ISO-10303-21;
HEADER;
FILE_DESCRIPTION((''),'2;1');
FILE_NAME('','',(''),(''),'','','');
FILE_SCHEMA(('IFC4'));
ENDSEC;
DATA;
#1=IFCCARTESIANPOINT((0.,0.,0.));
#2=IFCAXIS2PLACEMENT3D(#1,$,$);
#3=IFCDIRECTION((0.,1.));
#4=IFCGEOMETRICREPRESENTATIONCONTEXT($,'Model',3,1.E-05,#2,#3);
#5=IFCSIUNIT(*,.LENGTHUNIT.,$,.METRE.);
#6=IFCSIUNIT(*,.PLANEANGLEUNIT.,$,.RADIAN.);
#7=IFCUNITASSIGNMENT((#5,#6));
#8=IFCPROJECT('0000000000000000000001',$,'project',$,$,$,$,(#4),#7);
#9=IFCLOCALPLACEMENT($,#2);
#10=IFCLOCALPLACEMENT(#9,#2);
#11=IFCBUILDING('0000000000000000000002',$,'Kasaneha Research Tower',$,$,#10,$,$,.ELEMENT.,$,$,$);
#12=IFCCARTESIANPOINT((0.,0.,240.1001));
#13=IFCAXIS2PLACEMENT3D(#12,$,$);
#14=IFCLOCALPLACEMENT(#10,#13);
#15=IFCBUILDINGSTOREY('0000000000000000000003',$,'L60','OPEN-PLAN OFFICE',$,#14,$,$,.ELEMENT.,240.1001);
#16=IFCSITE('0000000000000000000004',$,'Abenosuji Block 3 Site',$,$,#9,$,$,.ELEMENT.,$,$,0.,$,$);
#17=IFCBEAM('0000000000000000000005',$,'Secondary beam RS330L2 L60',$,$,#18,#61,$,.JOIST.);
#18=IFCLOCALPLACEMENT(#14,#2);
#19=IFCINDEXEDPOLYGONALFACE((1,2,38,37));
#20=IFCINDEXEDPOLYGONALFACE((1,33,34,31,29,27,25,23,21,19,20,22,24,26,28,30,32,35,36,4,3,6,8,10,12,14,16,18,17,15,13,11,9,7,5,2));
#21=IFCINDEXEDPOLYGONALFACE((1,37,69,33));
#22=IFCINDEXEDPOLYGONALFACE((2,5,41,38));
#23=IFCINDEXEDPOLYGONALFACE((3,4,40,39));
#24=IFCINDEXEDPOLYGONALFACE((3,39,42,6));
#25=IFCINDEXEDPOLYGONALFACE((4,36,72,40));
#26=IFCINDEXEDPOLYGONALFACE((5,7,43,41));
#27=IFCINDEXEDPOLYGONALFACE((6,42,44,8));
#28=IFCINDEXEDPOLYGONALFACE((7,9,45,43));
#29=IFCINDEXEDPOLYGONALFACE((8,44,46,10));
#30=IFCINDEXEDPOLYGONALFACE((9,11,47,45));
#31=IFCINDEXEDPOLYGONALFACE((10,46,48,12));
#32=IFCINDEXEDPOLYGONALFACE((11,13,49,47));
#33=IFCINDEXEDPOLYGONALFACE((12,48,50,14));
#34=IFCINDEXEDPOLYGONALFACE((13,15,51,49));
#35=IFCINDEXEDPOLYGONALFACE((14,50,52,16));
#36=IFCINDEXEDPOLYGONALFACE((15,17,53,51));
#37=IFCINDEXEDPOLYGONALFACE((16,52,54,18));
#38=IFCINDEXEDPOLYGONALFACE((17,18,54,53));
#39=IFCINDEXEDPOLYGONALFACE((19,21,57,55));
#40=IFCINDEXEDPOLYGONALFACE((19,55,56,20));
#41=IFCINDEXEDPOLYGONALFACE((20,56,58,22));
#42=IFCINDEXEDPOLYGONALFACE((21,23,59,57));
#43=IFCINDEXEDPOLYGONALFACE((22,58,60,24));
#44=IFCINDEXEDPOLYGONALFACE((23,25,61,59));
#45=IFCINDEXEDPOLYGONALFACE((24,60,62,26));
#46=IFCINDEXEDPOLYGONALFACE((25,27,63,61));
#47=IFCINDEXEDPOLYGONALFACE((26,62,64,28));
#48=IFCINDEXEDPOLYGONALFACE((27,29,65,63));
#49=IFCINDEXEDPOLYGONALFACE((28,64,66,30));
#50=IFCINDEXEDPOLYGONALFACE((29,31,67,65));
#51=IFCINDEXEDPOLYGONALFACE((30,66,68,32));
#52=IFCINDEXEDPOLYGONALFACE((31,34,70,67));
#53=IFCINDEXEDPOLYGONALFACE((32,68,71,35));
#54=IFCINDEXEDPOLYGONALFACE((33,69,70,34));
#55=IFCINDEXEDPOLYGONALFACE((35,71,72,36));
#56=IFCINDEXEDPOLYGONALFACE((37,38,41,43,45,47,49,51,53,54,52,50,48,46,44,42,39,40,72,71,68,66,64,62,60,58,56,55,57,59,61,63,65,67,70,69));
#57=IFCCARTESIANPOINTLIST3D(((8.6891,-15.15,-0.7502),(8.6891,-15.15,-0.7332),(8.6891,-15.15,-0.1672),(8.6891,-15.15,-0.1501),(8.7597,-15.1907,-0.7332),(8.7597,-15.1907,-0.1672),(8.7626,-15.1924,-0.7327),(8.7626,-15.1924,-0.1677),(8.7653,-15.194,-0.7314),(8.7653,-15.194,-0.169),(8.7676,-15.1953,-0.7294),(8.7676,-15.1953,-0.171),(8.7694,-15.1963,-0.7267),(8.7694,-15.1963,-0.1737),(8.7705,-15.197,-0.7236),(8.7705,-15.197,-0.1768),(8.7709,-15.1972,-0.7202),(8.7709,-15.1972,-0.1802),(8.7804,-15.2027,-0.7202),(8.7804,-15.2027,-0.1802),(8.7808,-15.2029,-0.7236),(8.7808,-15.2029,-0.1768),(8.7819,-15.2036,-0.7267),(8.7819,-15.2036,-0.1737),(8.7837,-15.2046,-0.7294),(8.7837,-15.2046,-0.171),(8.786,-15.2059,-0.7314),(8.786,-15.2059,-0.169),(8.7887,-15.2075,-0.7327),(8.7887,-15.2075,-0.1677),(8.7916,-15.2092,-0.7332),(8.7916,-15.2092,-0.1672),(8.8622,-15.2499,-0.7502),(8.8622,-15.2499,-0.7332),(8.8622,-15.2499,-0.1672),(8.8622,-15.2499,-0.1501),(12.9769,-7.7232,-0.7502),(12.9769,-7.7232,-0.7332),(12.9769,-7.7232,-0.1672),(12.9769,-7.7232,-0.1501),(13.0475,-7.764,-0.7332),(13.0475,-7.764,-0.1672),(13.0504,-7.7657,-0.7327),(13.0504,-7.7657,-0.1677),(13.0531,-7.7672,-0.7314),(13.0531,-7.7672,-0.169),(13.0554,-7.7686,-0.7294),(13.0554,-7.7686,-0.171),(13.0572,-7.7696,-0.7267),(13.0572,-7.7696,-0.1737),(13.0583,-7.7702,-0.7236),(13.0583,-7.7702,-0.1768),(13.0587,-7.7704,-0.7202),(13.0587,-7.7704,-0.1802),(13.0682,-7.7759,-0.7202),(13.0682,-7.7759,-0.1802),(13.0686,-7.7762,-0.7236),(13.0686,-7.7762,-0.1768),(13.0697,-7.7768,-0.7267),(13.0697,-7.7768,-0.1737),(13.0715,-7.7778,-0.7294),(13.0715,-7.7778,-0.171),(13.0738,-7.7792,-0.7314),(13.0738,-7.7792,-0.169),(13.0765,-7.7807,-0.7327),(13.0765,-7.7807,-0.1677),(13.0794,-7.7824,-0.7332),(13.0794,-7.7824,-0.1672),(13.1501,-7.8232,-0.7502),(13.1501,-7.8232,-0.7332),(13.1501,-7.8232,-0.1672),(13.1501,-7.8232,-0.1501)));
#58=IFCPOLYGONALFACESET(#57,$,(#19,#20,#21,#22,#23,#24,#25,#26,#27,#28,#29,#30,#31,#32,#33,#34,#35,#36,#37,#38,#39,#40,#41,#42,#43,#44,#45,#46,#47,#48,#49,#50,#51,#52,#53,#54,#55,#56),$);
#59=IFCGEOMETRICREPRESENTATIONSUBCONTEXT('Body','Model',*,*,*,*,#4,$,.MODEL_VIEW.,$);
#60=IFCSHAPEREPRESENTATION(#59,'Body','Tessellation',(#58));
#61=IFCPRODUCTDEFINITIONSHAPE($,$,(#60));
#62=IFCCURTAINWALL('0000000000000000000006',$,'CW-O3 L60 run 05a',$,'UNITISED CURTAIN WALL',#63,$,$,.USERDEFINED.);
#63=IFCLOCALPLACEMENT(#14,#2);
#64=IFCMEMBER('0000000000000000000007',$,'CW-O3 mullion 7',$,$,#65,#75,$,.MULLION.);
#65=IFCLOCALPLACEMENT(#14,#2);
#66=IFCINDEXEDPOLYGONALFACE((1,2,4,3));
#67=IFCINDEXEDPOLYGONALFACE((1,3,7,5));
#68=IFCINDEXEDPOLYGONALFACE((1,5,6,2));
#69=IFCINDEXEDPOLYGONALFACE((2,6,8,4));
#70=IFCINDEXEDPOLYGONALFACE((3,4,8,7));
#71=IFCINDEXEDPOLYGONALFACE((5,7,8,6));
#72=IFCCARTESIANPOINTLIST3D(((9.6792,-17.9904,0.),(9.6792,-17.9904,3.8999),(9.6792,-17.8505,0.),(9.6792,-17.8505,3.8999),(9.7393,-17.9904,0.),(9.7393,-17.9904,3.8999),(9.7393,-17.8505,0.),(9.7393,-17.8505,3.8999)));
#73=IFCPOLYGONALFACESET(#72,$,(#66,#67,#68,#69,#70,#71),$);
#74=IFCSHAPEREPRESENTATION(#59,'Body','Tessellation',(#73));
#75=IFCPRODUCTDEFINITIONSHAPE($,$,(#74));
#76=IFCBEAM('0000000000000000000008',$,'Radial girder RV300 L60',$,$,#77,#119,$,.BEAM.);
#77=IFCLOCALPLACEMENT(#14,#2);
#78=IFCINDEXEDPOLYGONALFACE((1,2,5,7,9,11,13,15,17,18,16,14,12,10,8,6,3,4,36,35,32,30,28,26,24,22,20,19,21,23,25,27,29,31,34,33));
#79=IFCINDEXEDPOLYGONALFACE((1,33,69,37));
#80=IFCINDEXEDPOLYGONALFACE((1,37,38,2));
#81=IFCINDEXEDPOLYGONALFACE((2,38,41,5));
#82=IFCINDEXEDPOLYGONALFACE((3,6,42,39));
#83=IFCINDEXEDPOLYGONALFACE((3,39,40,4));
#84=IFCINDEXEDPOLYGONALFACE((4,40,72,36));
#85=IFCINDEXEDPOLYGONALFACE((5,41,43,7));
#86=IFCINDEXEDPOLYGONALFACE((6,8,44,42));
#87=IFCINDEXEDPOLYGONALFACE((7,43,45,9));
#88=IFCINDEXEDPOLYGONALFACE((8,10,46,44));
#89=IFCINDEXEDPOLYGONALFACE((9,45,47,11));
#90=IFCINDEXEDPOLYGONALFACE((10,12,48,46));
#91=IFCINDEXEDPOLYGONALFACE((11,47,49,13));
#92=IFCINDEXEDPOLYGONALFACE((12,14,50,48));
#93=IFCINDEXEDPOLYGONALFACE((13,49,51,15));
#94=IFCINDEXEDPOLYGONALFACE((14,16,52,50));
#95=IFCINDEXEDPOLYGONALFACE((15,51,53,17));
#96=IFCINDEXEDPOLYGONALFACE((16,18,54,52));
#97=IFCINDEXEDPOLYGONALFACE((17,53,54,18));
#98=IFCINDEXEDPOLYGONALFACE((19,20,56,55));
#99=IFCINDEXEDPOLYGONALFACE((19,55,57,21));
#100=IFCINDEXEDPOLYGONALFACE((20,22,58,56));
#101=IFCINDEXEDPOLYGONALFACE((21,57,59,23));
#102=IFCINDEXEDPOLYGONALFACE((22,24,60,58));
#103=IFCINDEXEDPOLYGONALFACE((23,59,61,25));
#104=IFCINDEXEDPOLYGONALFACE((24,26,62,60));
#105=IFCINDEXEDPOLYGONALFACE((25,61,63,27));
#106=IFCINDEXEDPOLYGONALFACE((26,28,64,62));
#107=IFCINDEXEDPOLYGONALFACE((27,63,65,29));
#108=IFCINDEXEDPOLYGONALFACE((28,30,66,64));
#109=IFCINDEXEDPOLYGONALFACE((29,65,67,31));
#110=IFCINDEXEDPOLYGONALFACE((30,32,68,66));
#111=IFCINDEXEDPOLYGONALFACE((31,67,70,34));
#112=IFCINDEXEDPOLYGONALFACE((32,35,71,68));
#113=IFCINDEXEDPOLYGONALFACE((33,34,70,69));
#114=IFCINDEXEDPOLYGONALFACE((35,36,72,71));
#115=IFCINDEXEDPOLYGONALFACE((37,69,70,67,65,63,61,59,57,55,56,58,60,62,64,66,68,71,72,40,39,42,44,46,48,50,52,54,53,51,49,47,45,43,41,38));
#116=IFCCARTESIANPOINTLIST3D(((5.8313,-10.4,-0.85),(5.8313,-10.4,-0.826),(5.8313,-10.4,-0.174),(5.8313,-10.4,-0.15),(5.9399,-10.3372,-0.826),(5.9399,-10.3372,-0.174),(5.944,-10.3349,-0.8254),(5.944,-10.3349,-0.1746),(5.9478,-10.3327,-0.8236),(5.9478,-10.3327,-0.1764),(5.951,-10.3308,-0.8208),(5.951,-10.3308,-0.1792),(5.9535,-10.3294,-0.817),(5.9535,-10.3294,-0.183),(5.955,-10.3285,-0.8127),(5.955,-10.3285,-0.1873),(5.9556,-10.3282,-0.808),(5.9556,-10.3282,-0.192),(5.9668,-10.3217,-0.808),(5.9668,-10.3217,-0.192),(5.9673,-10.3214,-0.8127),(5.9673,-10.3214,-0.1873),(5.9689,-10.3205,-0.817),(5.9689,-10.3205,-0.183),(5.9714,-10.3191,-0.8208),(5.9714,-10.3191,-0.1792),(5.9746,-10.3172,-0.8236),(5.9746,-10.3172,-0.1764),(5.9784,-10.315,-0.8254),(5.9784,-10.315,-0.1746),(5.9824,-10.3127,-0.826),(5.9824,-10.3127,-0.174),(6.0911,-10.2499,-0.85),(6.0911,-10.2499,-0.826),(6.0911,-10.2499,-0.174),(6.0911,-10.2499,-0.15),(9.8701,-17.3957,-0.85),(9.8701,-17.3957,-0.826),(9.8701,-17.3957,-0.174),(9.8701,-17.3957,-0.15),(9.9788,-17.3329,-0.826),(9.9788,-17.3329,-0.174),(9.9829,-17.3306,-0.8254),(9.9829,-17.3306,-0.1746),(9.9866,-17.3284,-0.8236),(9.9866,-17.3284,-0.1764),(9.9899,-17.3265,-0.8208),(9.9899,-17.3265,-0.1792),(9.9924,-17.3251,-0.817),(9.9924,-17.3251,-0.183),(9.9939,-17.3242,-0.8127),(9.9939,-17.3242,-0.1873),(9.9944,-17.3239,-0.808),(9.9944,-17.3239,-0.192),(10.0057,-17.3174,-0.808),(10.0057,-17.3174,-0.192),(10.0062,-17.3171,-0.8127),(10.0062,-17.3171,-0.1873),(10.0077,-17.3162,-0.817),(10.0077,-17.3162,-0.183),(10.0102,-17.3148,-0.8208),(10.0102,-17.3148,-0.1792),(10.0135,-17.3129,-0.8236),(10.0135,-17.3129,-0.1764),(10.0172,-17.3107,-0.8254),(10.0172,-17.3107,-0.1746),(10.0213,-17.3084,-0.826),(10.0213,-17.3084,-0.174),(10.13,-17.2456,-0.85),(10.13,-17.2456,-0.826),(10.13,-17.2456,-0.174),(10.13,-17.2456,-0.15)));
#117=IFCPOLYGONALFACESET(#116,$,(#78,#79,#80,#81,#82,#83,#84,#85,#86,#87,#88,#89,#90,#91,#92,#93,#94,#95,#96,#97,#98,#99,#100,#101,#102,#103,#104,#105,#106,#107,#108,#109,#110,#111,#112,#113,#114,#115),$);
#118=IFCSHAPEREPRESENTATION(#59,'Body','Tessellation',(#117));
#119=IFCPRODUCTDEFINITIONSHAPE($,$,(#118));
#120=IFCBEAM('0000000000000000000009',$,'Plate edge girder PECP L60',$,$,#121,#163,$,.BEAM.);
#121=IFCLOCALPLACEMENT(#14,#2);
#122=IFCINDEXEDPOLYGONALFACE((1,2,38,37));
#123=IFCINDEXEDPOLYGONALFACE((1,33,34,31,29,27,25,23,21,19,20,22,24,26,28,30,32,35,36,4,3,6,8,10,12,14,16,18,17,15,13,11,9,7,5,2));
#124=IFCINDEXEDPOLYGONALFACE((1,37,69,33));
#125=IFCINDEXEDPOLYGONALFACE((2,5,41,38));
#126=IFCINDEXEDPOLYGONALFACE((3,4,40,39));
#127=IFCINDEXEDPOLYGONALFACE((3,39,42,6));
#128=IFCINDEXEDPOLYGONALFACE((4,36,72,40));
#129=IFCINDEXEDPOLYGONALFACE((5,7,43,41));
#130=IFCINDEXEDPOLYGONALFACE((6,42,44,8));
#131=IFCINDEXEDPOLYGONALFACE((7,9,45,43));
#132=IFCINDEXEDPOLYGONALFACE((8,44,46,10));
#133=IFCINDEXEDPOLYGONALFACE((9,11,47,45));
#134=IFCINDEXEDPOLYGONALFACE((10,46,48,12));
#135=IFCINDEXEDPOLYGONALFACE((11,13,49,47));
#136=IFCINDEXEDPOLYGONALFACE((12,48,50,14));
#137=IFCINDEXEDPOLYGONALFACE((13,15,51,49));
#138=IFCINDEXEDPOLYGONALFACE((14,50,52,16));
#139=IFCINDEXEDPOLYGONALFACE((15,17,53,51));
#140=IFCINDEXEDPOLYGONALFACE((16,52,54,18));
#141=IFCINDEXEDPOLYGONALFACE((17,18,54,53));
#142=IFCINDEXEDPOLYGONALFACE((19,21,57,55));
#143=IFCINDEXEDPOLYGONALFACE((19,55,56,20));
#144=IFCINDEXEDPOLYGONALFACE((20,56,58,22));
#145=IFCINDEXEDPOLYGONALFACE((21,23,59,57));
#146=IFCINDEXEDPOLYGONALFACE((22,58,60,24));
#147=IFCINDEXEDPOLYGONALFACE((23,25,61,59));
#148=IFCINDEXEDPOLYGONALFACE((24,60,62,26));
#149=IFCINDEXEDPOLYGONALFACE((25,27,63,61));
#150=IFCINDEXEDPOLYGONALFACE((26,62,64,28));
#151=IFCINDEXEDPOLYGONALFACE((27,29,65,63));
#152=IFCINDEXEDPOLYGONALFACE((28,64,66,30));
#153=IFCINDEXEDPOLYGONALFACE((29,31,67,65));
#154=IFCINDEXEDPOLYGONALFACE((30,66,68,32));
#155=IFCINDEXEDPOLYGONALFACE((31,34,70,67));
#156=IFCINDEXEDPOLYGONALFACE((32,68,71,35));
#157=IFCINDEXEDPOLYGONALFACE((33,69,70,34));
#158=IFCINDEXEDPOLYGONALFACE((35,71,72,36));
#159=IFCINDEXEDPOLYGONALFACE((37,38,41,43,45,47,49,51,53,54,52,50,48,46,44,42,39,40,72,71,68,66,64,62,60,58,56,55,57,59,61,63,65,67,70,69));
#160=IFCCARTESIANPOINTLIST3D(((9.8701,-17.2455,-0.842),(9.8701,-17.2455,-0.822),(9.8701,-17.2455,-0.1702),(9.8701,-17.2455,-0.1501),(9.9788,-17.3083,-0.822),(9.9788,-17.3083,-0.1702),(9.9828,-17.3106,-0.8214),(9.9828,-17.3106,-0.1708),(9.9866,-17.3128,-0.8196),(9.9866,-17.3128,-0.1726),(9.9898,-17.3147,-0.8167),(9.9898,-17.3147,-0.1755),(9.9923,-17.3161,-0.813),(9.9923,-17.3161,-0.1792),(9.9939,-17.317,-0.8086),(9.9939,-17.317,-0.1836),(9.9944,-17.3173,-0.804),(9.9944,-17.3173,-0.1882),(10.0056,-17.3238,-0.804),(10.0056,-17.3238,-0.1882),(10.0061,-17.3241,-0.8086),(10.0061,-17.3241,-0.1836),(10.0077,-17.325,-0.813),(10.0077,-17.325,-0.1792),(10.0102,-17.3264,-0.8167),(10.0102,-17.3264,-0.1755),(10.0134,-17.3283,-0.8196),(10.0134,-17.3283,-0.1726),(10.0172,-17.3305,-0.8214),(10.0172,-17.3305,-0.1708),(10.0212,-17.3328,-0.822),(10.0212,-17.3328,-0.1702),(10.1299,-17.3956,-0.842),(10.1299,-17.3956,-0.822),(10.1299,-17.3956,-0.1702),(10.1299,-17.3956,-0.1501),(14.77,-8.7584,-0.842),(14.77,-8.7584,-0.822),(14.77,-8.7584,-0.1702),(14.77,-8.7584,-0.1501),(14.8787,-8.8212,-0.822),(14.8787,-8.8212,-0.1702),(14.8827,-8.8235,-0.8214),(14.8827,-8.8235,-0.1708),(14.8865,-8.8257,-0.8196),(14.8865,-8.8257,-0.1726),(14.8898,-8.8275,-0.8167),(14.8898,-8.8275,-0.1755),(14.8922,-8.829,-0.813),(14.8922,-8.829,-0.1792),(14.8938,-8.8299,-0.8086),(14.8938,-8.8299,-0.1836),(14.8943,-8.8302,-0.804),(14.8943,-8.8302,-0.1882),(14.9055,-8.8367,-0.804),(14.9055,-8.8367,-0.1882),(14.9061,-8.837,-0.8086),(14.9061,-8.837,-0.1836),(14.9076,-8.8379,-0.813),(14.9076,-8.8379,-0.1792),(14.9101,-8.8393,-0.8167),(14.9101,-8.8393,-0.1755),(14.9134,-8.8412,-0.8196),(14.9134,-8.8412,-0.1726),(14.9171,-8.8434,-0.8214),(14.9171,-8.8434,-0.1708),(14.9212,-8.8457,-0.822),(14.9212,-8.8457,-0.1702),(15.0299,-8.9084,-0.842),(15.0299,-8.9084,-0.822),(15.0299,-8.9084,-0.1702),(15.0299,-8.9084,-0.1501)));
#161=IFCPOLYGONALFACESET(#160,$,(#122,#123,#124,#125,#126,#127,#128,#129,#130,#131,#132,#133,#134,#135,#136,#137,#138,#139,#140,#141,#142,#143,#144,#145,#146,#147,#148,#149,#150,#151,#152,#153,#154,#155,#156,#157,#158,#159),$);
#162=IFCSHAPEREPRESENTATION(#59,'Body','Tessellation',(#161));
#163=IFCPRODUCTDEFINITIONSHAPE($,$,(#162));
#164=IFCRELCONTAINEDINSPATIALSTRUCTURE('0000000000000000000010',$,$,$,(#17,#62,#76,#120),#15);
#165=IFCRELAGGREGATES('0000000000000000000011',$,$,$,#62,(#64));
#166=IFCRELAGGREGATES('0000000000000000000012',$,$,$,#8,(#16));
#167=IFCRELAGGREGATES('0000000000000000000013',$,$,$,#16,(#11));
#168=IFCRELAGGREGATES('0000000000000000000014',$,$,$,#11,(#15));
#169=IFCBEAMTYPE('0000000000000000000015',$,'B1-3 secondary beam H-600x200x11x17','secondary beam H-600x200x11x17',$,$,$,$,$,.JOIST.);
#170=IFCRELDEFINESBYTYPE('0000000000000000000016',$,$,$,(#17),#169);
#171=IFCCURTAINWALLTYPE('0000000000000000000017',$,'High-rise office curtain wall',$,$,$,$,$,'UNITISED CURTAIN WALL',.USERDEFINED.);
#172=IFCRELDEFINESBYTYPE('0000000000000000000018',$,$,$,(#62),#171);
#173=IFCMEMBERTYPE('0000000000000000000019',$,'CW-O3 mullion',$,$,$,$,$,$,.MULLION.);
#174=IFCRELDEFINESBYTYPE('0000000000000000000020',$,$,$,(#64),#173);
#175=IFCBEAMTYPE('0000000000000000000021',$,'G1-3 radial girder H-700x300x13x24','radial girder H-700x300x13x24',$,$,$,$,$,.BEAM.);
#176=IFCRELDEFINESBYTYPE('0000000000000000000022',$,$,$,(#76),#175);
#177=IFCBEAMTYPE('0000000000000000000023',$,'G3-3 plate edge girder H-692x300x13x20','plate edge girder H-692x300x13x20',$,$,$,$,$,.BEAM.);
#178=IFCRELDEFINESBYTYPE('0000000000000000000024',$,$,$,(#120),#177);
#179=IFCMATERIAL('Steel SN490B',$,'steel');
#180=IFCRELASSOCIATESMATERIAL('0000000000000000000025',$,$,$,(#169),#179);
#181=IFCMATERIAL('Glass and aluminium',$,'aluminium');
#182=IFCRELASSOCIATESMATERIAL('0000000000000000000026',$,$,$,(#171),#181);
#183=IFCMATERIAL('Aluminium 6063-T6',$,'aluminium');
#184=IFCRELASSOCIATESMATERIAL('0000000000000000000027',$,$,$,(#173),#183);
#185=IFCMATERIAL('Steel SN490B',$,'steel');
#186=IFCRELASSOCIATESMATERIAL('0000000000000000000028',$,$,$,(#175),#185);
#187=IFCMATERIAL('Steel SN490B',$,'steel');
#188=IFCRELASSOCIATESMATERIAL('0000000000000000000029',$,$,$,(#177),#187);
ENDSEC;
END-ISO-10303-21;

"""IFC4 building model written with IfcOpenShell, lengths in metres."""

from ifc_helpers import new_model, si_unit, direction, frame, origin, origin_2d, place, context, subcontext, project, spatial, rectangle, i_section, extrude, material, material_profile, profile_set, type_object, element, aggregate, save


model = new_model("IFC4")

# Units and contexts
model_context = context("Model", 3, precision=1e-05, world=origin(), true_north=direction((0.0, 1.0)))
body_context = subcontext(model_context, "Body", "Model", "MODEL_VIEW")
ifc_project = project(units=[si_unit("LENGTHUNIT", "METRE"), si_unit("PLANEANGLEUNIT", "RADIAN")], contexts=[model_context])

# Site, building, storey
site_placement = place(None, origin())
site = spatial("IfcSite", under=ifc_project, at=site_placement, Name="Abenosuji Block 3 Site", CompositionType="ELEMENT", RefElevation=0.0)
building_placement = place(site_placement, origin())
building = spatial("IfcBuilding", under=site, at=building_placement, Name="Kasaneha Research Tower", CompositionType="ELEMENT")
storey_placement = place(building_placement, frame((0.0, 0.0, 240.1001)))
storey = spatial("IfcBuildingStorey", under=building, at=storey_placement, Name="L60", Description="OPEN-PLAN OFFICE", CompositionType="ELEMENT", Elevation=240.1001)

# Beam
ifc_material_1 = material(Name="Steel SN490B", Category="steel")
ifc_material_profile_1 = material_profile(ifc_material_1, i_section(OverallWidth=0.2, OverallDepth=0.6001, WebThickness=0.011, FlangeThickness=0.0171, FilletRadius=0.0129, at=origin_2d()), Name="H-600x200x11x17")
ifc_profile_set_1 = profile_set([ifc_material_profile_1], Name="Steel SN490B")
beam_type_1 = type_object("IfcBeamType", Name="B1-3 secondary beam H-600x200x11x17", Description="secondary beam H-600x200x11x17", PredefinedType="JOIST", material=ifc_profile_set_1)
beam_1_placement = place(storey_placement, frame((8.7756, -15.2, -0.4502), z_axis=(0.5, 0.866025, 0.0), x_axis=(-0.866025, 0.5, 0.0)))
element("IfcBeam", 1, at=beam_1_placement, inside=storey, type_object=beam_type_1, Name="Secondary beam RS330L2 L60", PredefinedType="JOIST", context=body_context, shape_type="SweptSolid", body=[
    extrude(i_section(OverallWidth=0.2, OverallDepth=0.6001, WebThickness=0.011, FlangeThickness=0.0171, FilletRadius=0.0129, at=origin_2d()), origin(), (0.0, 0.0, 1.0), 8.5757),
])

# Curtain wall, member
ifc_material_2 = material(Name="Glass and aluminium", Category="aluminium")
curtain_wall_type = type_object("IfcCurtainWallType", Name="High-rise office curtain wall", ElementType="UNITISED CURTAIN WALL", PredefinedType="USERDEFINED", material=ifc_material_2)
curtain_wall_placement = place(storey_placement, origin())
curtain_wall = element("IfcCurtainWall", 2, at=curtain_wall_placement, inside=storey, type_object=curtain_wall_type, Name="CW-O3 L60 run 05a", ObjectType="UNITISED CURTAIN WALL", PredefinedType="USERDEFINED")
ifc_material_3 = material(Name="Aluminium 6063-T6", Category="aluminium")
ifc_material_profile_2 = material_profile(ifc_material_3, rectangle(XDim=0.0601, YDim=0.1399, at=origin_2d()), Name="CW-O3 mullion 60x140")
ifc_profile_set_2 = profile_set([ifc_material_profile_2], Name="Aluminium 6063-T6")
member_type = type_object("IfcMemberType", Name="CW-O3 mullion", PredefinedType="MULLION", material=ifc_profile_set_2)
member_placement = place(storey_placement, frame((9.7092, -17.9204, 0.0), z_axis=(0.0, 0.0, 1.0), x_axis=(1.0, 0.0, 0.0)))
member = element("IfcMember", 3, at=member_placement, type_object=member_type, Name="CW-O3 mullion 7", PredefinedType="MULLION", context=body_context, shape_type="SweptSolid", body=[
    extrude(rectangle(XDim=0.0601, YDim=0.1399, at=origin_2d()), origin(), (0.0, 0.0, 1.0), 3.8999),
])
aggregate(curtain_wall, [member])

# Beams
ifc_material_4 = material(Name="Steel SN490B", Category="steel")
ifc_material_profile_3 = material_profile(ifc_material_4, i_section(OverallWidth=0.3, OverallDepth=0.7, WebThickness=0.0129, FlangeThickness=0.0239, FilletRadius=0.0181, at=origin_2d()), Name="H-700x300x13x24")
ifc_profile_set_3 = profile_set([ifc_material_profile_3], Name="Steel SN490B")
beam_type_2 = type_object("IfcBeamType", Name="G1-3 radial girder H-700x300x13x24", Description="radial girder H-700x300x13x24", PredefinedType="BEAM", material=ifc_profile_set_3)
beam_2_placement = place(storey_placement, frame((5.9612, -10.325, -0.5), z_axis=(0.499991, -0.866031, 0.0), x_axis=(0.866031, 0.499991, 0.0)))
element("IfcBeam", 4, at=beam_2_placement, inside=storey, type_object=beam_type_2, Name="Radial girder RV300 L60", PredefinedType="BEAM", context=body_context, shape_type="SweptSolid", body=[
    extrude(i_section(OverallWidth=0.3, OverallDepth=0.7, WebThickness=0.0129, FlangeThickness=0.0239, FilletRadius=0.0181, at=origin_2d()), origin(), (0.0, 0.0, 1.0), 8.0779),
])
ifc_material_5 = material(Name="Steel SN490B", Category="steel")
ifc_material_profile_4 = material_profile(ifc_material_5, i_section(OverallWidth=0.3, OverallDepth=0.6919, WebThickness=0.0129, FlangeThickness=0.02, FilletRadius=0.0181, at=origin_2d()), Name="H-692x300x13x20")
ifc_profile_set_4 = profile_set([ifc_material_profile_4], Name="Steel SN490B")
beam_type_3 = type_object("IfcBeamType", Name="G3-3 plate edge girder H-692x300x13x20", Description="plate edge girder H-692x300x13x20", PredefinedType="BEAM", material=ifc_profile_set_4)
beam_3_placement = place(storey_placement, frame((10.0, -17.3206, -0.4961), z_axis=(0.499992, 0.86603, 0.0), x_axis=(-0.86603, 0.499992, 0.0)))
element("IfcBeam", 5, at=beam_3_placement, inside=storey, type_object=beam_type_3, Name="Plate edge girder PECP L60", PredefinedType="BEAM", context=body_context, shape_type="SweptSolid", body=[
    extrude(i_section(OverallWidth=0.3, OverallDepth=0.6919, WebThickness=0.0129, FlangeThickness=0.02, FilletRadius=0.0181, at=origin_2d()), origin(), (0.0, 0.0, 1.0), 9.8),
])

save(model, "model.ifc")
